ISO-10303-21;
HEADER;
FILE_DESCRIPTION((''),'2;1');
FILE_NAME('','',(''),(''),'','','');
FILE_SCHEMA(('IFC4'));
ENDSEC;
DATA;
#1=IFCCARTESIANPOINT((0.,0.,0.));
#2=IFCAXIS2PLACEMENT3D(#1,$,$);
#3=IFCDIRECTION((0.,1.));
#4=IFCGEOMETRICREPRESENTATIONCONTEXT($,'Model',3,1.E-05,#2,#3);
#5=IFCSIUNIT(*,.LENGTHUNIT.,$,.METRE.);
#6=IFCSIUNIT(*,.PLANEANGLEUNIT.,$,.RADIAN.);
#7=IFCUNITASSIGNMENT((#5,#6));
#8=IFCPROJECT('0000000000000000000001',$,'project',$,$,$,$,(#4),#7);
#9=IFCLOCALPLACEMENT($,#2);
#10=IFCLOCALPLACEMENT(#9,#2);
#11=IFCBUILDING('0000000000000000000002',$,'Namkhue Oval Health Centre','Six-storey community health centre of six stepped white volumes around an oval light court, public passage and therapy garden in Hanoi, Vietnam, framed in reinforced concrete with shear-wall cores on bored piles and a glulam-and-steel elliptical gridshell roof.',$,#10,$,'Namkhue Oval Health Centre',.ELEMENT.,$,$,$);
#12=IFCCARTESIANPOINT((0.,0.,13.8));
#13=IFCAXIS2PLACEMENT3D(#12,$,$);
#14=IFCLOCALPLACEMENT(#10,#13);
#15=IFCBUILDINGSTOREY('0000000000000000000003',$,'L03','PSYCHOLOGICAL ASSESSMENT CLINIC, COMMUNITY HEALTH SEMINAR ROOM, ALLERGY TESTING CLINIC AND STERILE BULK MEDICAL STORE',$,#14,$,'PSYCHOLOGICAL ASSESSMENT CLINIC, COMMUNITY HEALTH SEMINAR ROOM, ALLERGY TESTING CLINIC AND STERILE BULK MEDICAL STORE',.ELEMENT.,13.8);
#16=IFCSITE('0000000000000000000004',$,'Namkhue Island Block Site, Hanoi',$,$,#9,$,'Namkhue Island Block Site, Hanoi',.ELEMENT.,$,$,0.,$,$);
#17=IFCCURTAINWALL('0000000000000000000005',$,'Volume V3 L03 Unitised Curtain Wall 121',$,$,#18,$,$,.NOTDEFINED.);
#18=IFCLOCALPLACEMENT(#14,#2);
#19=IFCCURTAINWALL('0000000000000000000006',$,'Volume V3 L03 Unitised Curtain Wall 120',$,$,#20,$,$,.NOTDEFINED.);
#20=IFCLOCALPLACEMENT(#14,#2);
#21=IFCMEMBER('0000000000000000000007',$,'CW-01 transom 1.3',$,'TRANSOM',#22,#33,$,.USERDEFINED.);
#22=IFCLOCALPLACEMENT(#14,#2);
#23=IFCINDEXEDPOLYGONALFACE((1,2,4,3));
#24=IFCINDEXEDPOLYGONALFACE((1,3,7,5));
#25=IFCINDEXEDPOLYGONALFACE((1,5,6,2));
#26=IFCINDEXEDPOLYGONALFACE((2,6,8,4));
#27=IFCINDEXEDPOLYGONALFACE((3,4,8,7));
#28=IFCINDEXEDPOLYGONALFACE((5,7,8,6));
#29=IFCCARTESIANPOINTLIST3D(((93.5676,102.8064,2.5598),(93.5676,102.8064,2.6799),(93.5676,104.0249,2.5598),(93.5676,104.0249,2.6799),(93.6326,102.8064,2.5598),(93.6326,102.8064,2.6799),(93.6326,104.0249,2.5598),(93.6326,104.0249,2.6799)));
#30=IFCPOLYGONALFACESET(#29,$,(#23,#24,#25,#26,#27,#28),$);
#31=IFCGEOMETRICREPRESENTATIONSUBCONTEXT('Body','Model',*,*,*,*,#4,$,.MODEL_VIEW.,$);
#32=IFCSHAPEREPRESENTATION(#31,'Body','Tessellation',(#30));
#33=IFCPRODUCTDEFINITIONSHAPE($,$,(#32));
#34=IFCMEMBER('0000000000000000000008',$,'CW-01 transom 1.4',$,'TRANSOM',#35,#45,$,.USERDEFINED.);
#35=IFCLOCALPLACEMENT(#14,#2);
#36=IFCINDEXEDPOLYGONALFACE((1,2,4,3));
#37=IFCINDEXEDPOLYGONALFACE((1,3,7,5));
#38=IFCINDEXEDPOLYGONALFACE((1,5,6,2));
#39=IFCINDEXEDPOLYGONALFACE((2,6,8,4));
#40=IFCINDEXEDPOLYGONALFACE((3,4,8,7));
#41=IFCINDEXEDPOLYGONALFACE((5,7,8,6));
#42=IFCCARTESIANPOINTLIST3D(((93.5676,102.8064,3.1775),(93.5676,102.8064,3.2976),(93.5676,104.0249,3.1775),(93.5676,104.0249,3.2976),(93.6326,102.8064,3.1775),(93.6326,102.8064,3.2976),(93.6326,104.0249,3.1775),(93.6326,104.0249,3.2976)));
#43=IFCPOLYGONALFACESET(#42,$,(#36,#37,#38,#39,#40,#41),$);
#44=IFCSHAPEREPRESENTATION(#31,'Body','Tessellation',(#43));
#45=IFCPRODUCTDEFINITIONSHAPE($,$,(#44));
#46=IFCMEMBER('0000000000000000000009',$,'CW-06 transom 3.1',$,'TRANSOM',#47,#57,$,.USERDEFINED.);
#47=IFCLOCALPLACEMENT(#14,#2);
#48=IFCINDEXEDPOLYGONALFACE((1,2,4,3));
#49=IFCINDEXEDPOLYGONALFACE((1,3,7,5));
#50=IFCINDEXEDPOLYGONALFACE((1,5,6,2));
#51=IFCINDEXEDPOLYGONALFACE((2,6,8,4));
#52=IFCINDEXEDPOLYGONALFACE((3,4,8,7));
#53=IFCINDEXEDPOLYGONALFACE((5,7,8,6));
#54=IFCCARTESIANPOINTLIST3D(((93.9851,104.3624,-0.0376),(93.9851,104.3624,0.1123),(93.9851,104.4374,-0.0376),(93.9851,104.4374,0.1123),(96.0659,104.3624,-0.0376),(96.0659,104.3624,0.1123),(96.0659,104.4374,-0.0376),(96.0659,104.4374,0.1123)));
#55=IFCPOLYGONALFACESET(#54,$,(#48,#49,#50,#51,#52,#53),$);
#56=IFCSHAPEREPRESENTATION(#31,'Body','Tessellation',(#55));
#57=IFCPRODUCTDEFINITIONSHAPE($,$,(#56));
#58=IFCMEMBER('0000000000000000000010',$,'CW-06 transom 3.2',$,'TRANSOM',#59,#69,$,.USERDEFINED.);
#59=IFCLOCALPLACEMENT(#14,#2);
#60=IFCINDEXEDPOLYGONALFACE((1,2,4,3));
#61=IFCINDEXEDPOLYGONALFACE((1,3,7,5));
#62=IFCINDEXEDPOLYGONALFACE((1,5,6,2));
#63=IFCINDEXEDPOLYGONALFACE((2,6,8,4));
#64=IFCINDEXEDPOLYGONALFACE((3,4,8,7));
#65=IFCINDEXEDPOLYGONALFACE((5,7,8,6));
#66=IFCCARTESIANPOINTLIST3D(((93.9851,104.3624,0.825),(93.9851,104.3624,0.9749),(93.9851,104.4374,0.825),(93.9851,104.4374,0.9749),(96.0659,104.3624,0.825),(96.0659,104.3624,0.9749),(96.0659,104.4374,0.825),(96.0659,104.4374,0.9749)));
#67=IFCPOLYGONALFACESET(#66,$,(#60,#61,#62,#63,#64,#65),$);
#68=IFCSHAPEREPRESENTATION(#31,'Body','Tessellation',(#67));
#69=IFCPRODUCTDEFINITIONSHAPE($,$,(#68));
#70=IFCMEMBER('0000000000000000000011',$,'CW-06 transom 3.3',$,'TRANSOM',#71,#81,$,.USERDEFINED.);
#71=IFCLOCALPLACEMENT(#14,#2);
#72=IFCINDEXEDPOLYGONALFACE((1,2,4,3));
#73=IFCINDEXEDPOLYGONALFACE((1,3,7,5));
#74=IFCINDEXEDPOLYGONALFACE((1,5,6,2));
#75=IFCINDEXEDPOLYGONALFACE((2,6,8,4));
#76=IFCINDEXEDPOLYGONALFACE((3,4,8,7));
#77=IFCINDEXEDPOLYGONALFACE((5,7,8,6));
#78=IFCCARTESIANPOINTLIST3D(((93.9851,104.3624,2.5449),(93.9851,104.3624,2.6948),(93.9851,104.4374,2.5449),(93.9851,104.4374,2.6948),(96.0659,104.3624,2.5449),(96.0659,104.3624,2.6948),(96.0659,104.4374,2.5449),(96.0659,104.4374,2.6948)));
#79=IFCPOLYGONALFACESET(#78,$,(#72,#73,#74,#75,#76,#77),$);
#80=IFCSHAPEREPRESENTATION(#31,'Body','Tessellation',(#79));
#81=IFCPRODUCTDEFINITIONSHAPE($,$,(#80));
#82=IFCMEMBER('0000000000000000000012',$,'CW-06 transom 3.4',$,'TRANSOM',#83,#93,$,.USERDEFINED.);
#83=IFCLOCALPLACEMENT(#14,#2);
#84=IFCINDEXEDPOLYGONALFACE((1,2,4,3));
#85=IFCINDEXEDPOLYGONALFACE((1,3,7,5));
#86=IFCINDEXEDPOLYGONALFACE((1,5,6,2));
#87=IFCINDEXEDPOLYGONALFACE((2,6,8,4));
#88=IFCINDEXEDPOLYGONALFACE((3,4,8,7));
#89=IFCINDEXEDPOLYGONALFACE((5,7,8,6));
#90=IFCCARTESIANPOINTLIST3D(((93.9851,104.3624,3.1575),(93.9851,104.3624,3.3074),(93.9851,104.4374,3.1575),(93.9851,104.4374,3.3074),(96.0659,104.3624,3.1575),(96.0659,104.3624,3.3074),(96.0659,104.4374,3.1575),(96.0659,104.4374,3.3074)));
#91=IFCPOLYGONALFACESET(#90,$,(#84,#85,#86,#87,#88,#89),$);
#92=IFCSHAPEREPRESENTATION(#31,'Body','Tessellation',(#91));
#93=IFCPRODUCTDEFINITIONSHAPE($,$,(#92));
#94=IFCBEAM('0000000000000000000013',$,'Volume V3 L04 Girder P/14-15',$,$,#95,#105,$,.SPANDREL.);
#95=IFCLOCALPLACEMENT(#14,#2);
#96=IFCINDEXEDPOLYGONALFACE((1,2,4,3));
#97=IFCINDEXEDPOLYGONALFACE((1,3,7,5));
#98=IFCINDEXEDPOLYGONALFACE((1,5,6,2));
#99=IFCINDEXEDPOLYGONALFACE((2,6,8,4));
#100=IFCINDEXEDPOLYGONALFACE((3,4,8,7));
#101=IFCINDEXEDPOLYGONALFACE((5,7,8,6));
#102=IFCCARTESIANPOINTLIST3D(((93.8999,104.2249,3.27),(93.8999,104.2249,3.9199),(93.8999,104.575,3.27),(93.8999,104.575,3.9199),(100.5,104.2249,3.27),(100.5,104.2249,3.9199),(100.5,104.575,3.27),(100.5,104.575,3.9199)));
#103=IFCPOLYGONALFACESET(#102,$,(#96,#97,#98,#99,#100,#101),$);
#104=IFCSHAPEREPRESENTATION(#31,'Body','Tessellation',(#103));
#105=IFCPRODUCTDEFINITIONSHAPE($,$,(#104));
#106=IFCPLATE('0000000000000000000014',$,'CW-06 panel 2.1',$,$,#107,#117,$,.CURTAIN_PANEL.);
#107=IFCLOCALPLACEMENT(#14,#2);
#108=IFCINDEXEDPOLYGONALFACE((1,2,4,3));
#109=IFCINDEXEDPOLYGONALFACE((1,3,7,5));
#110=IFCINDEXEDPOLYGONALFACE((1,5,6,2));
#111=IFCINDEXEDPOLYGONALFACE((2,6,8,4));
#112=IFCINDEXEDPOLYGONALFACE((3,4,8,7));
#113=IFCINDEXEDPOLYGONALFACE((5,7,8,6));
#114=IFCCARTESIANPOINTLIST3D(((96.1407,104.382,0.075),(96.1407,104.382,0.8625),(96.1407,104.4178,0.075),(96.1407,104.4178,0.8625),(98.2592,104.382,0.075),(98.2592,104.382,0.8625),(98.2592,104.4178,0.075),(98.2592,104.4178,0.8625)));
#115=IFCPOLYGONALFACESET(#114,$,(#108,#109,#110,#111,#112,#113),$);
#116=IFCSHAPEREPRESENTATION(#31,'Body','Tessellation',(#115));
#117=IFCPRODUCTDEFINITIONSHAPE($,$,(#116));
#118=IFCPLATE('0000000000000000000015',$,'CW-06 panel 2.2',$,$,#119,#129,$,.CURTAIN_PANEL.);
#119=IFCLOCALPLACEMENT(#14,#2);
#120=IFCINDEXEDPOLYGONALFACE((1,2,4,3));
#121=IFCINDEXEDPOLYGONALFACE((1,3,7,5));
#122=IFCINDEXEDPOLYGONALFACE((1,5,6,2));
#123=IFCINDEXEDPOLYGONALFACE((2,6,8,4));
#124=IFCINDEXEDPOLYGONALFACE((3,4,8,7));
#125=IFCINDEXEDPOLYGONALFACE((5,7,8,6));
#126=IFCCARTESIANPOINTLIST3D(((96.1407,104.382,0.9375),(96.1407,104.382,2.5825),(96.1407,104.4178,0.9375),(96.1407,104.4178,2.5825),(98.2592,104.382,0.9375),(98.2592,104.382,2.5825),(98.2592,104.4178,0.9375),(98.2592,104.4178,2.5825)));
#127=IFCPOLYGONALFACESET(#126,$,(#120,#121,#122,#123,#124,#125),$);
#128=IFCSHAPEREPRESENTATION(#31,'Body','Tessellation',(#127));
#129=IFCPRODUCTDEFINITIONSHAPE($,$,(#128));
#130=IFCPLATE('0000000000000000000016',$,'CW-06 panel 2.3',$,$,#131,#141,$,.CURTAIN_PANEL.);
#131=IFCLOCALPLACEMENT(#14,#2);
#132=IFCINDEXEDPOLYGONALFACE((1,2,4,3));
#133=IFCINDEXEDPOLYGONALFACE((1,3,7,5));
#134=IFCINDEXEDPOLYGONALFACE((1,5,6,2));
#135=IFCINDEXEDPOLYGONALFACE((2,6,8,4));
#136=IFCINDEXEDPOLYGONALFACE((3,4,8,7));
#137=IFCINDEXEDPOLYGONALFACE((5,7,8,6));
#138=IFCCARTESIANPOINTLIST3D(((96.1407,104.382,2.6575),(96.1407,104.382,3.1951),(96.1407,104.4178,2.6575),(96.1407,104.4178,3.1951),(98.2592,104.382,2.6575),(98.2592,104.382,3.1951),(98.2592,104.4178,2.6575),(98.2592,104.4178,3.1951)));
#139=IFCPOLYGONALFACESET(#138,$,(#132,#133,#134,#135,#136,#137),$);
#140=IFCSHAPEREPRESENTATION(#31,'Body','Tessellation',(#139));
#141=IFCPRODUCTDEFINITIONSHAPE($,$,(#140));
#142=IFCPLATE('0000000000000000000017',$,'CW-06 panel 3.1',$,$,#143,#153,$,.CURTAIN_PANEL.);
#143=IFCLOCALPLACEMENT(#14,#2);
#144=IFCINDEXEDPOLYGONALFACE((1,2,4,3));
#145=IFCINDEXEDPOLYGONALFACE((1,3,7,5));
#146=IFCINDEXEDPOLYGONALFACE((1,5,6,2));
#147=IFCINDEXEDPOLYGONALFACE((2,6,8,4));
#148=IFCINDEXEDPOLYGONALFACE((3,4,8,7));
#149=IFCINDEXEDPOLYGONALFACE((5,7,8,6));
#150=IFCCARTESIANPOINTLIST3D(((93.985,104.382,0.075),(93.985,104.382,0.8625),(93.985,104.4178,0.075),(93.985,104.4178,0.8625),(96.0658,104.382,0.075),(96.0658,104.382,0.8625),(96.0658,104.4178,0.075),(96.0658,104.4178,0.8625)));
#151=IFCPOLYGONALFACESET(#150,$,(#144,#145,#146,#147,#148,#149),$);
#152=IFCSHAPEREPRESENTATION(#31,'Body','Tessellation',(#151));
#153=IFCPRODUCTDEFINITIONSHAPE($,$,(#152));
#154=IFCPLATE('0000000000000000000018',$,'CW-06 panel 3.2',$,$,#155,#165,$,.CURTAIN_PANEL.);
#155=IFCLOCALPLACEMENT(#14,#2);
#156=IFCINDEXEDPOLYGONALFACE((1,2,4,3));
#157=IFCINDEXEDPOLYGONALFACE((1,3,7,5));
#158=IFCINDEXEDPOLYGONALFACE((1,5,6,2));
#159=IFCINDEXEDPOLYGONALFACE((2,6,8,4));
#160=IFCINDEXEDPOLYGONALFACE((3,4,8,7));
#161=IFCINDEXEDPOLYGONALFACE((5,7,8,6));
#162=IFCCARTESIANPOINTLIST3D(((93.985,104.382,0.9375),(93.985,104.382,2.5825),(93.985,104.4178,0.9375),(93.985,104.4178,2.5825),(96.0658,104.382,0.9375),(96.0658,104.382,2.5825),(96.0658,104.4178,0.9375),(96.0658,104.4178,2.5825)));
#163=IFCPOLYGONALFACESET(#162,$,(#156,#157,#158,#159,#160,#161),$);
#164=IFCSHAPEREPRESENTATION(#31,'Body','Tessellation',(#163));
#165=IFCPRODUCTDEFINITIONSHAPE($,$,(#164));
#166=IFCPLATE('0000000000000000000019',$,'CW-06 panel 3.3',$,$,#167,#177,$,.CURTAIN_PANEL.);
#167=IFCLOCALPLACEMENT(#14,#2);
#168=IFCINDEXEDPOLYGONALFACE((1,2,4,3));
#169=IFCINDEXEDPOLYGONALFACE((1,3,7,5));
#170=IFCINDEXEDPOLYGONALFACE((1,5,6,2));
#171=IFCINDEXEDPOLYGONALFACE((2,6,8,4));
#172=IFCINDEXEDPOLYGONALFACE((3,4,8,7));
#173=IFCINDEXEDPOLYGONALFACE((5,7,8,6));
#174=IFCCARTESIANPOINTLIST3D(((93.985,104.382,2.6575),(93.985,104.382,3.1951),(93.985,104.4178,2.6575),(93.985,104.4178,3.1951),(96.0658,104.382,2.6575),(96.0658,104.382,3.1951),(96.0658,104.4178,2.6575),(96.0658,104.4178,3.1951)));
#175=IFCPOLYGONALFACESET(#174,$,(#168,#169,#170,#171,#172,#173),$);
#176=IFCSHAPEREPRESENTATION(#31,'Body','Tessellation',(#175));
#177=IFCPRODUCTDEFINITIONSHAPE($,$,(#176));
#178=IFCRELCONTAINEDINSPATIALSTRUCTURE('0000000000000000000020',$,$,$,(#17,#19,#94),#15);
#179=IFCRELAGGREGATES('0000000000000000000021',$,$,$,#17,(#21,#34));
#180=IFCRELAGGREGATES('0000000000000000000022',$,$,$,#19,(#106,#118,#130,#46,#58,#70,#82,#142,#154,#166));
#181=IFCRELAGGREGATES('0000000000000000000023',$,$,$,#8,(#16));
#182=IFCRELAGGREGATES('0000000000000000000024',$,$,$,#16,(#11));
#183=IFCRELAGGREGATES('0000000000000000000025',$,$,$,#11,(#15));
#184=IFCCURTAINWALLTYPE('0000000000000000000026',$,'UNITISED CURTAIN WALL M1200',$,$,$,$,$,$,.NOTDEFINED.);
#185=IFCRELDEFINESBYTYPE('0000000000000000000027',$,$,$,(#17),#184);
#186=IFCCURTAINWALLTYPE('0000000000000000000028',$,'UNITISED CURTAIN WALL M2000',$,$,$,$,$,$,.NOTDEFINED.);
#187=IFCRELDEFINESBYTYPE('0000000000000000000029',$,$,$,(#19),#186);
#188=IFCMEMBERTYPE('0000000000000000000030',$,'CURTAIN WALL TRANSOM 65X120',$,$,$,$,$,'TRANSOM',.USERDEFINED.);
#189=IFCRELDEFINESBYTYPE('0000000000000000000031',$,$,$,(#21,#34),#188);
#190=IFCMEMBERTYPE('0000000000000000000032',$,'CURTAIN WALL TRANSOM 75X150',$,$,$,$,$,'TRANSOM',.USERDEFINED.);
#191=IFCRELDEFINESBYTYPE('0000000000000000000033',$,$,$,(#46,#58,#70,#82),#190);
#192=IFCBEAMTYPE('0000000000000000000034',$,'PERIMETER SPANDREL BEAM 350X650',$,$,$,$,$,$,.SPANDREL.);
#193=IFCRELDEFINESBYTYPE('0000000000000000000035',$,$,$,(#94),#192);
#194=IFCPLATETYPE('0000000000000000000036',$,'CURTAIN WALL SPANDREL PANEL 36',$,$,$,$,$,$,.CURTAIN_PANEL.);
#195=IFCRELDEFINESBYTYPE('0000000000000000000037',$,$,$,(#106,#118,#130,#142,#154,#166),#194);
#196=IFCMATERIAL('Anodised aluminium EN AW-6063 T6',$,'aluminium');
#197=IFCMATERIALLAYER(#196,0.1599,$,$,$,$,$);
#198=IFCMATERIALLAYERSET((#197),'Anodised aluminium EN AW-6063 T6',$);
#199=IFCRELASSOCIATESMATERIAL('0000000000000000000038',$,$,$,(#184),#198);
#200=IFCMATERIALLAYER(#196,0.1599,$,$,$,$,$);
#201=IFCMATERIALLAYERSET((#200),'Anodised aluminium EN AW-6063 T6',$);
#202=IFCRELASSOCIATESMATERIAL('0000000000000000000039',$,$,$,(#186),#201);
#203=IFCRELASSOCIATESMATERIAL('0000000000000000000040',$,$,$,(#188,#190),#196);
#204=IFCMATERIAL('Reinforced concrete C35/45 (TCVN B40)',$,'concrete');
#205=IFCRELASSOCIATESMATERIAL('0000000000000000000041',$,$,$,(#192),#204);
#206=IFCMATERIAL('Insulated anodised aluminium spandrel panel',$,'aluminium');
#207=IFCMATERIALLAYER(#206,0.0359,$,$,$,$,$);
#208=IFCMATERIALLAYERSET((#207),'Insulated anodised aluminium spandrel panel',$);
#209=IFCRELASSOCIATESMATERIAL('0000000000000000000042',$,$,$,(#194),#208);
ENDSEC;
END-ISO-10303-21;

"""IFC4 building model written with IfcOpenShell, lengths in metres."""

from ifc_helpers import new_model, si_unit, direction, frame, origin, origin_2d, place, context, subcontext, project, spatial, rectangle, extrude, material, layer, layer_set, material_profile, profile_set, type_object, element, aggregate, save


model = new_model("IFC4")

# Units and contexts
model_context = context("Model", 3, precision=1e-05, world=origin(), true_north=direction((0.0, 1.0)))
body_context = subcontext(model_context, "Body", "Model", "MODEL_VIEW")
ifc_project = project(units=[si_unit("LENGTHUNIT", "METRE"), si_unit("PLANEANGLEUNIT", "RADIAN")], contexts=[model_context])

# Site, building, storey
site_placement = place(None, origin())
site = spatial("IfcSite", under=ifc_project, at=site_placement, Name="Namkhue Island Block Site, Hanoi", LongName="Namkhue Island Block Site, Hanoi", CompositionType="ELEMENT", RefElevation=0.0)
building_placement = place(site_placement, origin())
building = spatial("IfcBuilding", under=site, at=building_placement, Name="Namkhue Oval Health Centre", Description="Six-storey community health centre of six stepped white volumes around an oval light court, public passage and therapy garden in Hanoi, Vietnam, framed in reinforced concrete with shear-wall cores on bored piles and a glulam-and-steel elliptical gridshell roof.", LongName="Namkhue Oval Health Centre", CompositionType="ELEMENT")
storey_placement = place(building_placement, frame((0.0, 0.0, 13.8)))
storey = spatial("IfcBuildingStorey", under=building, at=storey_placement, Name="L03", Description="PSYCHOLOGICAL ASSESSMENT CLINIC, COMMUNITY HEALTH SEMINAR ROOM, ALLERGY TESTING CLINIC AND STERILE BULK MEDICAL STORE", LongName="PSYCHOLOGICAL ASSESSMENT CLINIC, COMMUNITY HEALTH SEMINAR ROOM, ALLERGY TESTING CLINIC AND STERILE BULK MEDICAL STORE", CompositionType="ELEMENT", Elevation=13.8)

# Shared definitions
ifc_material_1 = material(Name="Reinforced concrete C35/45 (TCVN B40)", Category="concrete")

# Curtain wall
ifc_material_2 = material(Name="Anodised aluminium EN AW-6063 T6", Category="aluminium")
ifc_layer_1 = layer(ifc_material_2, 0.1599)
ifc_layer_set_1 = layer_set([ifc_layer_1], Name="Anodised aluminium EN AW-6063 T6")
curtain_wall_type_1 = type_object("IfcCurtainWallType", Name="UNITISED CURTAIN WALL M1200", PredefinedType="NOTDEFINED", material=ifc_layer_set_1)
curtain_wall_1_placement = place(storey_placement, origin())
curtain_wall_1 = element("IfcCurtainWall", 1, at=curtain_wall_1_placement, inside=storey, type_object=curtain_wall_type_1, Name="Volume V3 L03 Unitised Curtain Wall 121", PredefinedType="NOTDEFINED")

# Curtain wall
ifc_layer_2 = layer(ifc_material_2, 0.1599)
ifc_layer_set_2 = layer_set([ifc_layer_2], Name="Anodised aluminium EN AW-6063 T6")
curtain_wall_type_2 = type_object("IfcCurtainWallType", Name="UNITISED CURTAIN WALL M2000", PredefinedType="NOTDEFINED", material=ifc_layer_set_2)
curtain_wall_2_placement = place(storey_placement, origin())
curtain_wall_2 = element("IfcCurtainWall", 2, at=curtain_wall_2_placement, inside=storey, type_object=curtain_wall_type_2, Name="Volume V3 L03 Unitised Curtain Wall 120", PredefinedType="NOTDEFINED")

# Members
ifc_material_profile_1 = material_profile(ifc_material_2, rectangle(XDim=0.0649, YDim=0.1201, at=origin_2d()), Name="ALU 65x120")
ifc_profile_set_1 = profile_set([ifc_material_profile_1], Name="Anodised aluminium EN AW-6063 T6")
member_type_1 = type_object("IfcMemberType", Name="CURTAIN WALL TRANSOM 65X120", ElementType="TRANSOM", PredefinedType="USERDEFINED", material=ifc_profile_set_1)
member_1_placement = place(storey_placement, frame((93.6001, 104.0249, 2.6199), z_axis=(0.0, -1.0, 0.0), x_axis=(1.0, 0.0, 0.0)))
member_1 = element("IfcMember", 3, at=member_1_placement, type_object=member_type_1, Name="CW-01 transom 1.3", ObjectType="TRANSOM", PredefinedType="USERDEFINED", context=body_context, shape_type="SweptSolid", body=[
    extrude(rectangle(XDim=0.0649, YDim=0.1201, at=origin_2d()), origin(), (0.0, 0.0, 1.0), 1.2185),
])
member_2_placement = place(storey_placement, frame((93.6001, 104.0249, 3.2375), z_axis=(0.0, -1.0, 0.0), x_axis=(1.0, 0.0, 0.0)))
member_2 = element("IfcMember", 4, at=member_2_placement, type_object=member_type_1, Name="CW-01 transom 1.4", ObjectType="TRANSOM", PredefinedType="USERDEFINED", context=body_context, shape_type="SweptSolid", body=[
    extrude(rectangle(XDim=0.0649, YDim=0.1201, at=origin_2d()), origin(), (0.0, 0.0, 1.0), 1.2185),
])
aggregate(curtain_wall_1, [member_1, member_2])
ifc_material_profile_2 = material_profile(ifc_material_2, rectangle(XDim=0.075, YDim=0.1499, at=origin_2d()), Name="ALU 75x150")
ifc_profile_set_2 = profile_set([ifc_material_profile_2], Name="Anodised aluminium EN AW-6063 T6")
member_type_2 = type_object("IfcMemberType", Name="CURTAIN WALL TRANSOM 75X150", ElementType="TRANSOM", PredefinedType="USERDEFINED", material=ifc_profile_set_2)
member_3_placement = place(storey_placement, frame((96.0659, 104.3999, 0.0374), z_axis=(-1.0, 0.0, 0.0), x_axis=(0.0, -1.0, 0.0)))
member_3 = element("IfcMember", 5, at=member_3_placement, type_object=member_type_2, Name="CW-06 transom 3.1", ObjectType="TRANSOM", PredefinedType="USERDEFINED", context=body_context, shape_type="SweptSolid", body=[
    extrude(rectangle(XDim=0.075, YDim=0.1499, at=origin_2d()), origin(), (0.0, 0.0, 1.0), 2.0808),
])
member_4_placement = place(storey_placement, frame((96.0659, 104.3999, 0.8999), z_axis=(-1.0, 0.0, 0.0), x_axis=(0.0, -1.0, 0.0)))
member_4 = element("IfcMember", 6, at=member_4_placement, type_object=member_type_2, Name="CW-06 transom 3.2", ObjectType="TRANSOM", PredefinedType="USERDEFINED", context=body_context, shape_type="SweptSolid", body=[
    extrude(rectangle(XDim=0.075, YDim=0.1499, at=origin_2d()), origin(), (0.0, 0.0, 1.0), 2.0808),
])
member_5_placement = place(storey_placement, frame((96.0659, 104.3999, 2.6199), z_axis=(-1.0, 0.0, 0.0), x_axis=(0.0, -1.0, 0.0)))
member_5 = element("IfcMember", 7, at=member_5_placement, type_object=member_type_2, Name="CW-06 transom 3.3", ObjectType="TRANSOM", PredefinedType="USERDEFINED", context=body_context, shape_type="SweptSolid", body=[
    extrude(rectangle(XDim=0.075, YDim=0.1499, at=origin_2d()), origin(), (0.0, 0.0, 1.0), 2.0808),
])
member_6_placement = place(storey_placement, frame((96.0659, 104.3999, 3.2324), z_axis=(-1.0, 0.0, 0.0), x_axis=(0.0, -1.0, 0.0)))
member_6 = element("IfcMember", 8, at=member_6_placement, type_object=member_type_2, Name="CW-06 transom 3.4", ObjectType="TRANSOM", PredefinedType="USERDEFINED", context=body_context, shape_type="SweptSolid", body=[
    extrude(rectangle(XDim=0.075, YDim=0.1499, at=origin_2d()), origin(), (0.0, 0.0, 1.0), 2.0808),
])

# Beam
ifc_material_profile_3 = material_profile(ifc_material_1, rectangle(XDim=0.3501, YDim=0.6499, at=origin_2d()), Name="RC 350x650")
ifc_profile_set_3 = profile_set([ifc_material_profile_3], Name="Reinforced concrete C35/45 (TCVN B40)")
beam_type = type_object("IfcBeamType", Name="PERIMETER SPANDREL BEAM 350X650", PredefinedType="SPANDREL", material=ifc_profile_set_3)
beam_placement = place(storey_placement, frame((93.8999, 104.3999, 3.595), z_axis=(1.0, 0.0, 0.0), x_axis=(0.0, 1.0, 0.0)))
element("IfcBeam", 9, at=beam_placement, inside=storey, type_object=beam_type, Name="Volume V3 L04 Girder P/14-15", PredefinedType="SPANDREL", context=body_context, shape_type="SweptSolid", body=[
    extrude(rectangle(XDim=0.3501, YDim=0.6499, at=origin_2d()), origin(), (0.0, 0.0, 1.0), 6.6001),
])

# Plates
ifc_material_3 = material(Name="Insulated anodised aluminium spandrel panel", Category="aluminium")
ifc_layer_3 = layer(ifc_material_3, 0.0359)
ifc_layer_set_3 = layer_set([ifc_layer_3], Name="Insulated anodised aluminium spandrel panel")
plate_type = type_object("IfcPlateType", Name="CURTAIN WALL SPANDREL PANEL 36", PredefinedType="CURTAIN_PANEL", material=ifc_layer_set_3)
plate_1_placement = place(storey_placement, frame((97.2, 104.3999, 0.075), z_axis=(0.0, 0.0, 1.0), x_axis=(-1.0, 0.0, 0.0)))
plate_1 = element("IfcPlate", 10, at=plate_1_placement, type_object=plate_type, Name="CW-06 panel 2.1", PredefinedType="CURTAIN_PANEL", context=body_context, shape_type="SweptSolid", body=[
    extrude(rectangle(XDim=2.1184, YDim=0.0359, at=origin_2d()), origin(), (0.0, 0.0, 1.0), 0.7876),
])
plate_2_placement = place(storey_placement, frame((97.2, 104.3999, 0.9375), z_axis=(0.0, 0.0, 1.0), x_axis=(-1.0, 0.0, 0.0)))
plate_2 = element("IfcPlate", 11, at=plate_2_placement, type_object=plate_type, Name="CW-06 panel 2.2", PredefinedType="CURTAIN_PANEL", context=body_context, shape_type="SweptSolid", body=[
    extrude(rectangle(XDim=2.1184, YDim=0.0359, at=origin_2d()), origin(), (0.0, 0.0, 1.0), 1.645),
])
plate_3_placement = place(storey_placement, frame((97.2, 104.3999, 2.6575), z_axis=(0.0, 0.0, 1.0), x_axis=(-1.0, 0.0, 0.0)))
plate_3 = element("IfcPlate", 12, at=plate_3_placement, type_object=plate_type, Name="CW-06 panel 2.3", PredefinedType="CURTAIN_PANEL", context=body_context, shape_type="SweptSolid", body=[
    extrude(rectangle(XDim=2.1184, YDim=0.0359, at=origin_2d()), origin(), (0.0, 0.0, 1.0), 0.5376),
])
plate_4_placement = place(storey_placement, frame((95.0254, 104.3999, 0.075), z_axis=(0.0, 0.0, 1.0), x_axis=(-1.0, 0.0, 0.0)))
plate_4 = element("IfcPlate", 13, at=plate_4_placement, type_object=plate_type, Name="CW-06 panel 3.1", PredefinedType="CURTAIN_PANEL", context=body_context, shape_type="SweptSolid", body=[
    extrude(rectangle(XDim=2.0808, YDim=0.0359, at=origin_2d()), origin(), (0.0, 0.0, 1.0), 0.7876),
])
plate_5_placement = place(storey_placement, frame((95.0254, 104.3999, 0.9375), z_axis=(0.0, 0.0, 1.0), x_axis=(-1.0, 0.0, 0.0)))
plate_5 = element("IfcPlate", 14, at=plate_5_placement, type_object=plate_type, Name="CW-06 panel 3.2", PredefinedType="CURTAIN_PANEL", context=body_context, shape_type="SweptSolid", body=[
    extrude(rectangle(XDim=2.0808, YDim=0.0359, at=origin_2d()), origin(), (0.0, 0.0, 1.0), 1.645),
])
plate_6_placement = place(storey_placement, frame((95.0254, 104.3999, 2.6575), z_axis=(0.0, 0.0, 1.0), x_axis=(-1.0, 0.0, 0.0)))
plate_6 = element("IfcPlate", 15, at=plate_6_placement, type_object=plate_type, Name="CW-06 panel 3.3", PredefinedType="CURTAIN_PANEL", context=body_context, shape_type="SweptSolid", body=[
    extrude(rectangle(XDim=2.0808, YDim=0.0359, at=origin_2d()), origin(), (0.0, 0.0, 1.0), 0.5376),
])
aggregate(curtain_wall_2, [plate_1, plate_2, plate_3, member_3, member_4, member_5, member_6, plate_4, plate_5, plate_6])

save(model, "model.ifc")
